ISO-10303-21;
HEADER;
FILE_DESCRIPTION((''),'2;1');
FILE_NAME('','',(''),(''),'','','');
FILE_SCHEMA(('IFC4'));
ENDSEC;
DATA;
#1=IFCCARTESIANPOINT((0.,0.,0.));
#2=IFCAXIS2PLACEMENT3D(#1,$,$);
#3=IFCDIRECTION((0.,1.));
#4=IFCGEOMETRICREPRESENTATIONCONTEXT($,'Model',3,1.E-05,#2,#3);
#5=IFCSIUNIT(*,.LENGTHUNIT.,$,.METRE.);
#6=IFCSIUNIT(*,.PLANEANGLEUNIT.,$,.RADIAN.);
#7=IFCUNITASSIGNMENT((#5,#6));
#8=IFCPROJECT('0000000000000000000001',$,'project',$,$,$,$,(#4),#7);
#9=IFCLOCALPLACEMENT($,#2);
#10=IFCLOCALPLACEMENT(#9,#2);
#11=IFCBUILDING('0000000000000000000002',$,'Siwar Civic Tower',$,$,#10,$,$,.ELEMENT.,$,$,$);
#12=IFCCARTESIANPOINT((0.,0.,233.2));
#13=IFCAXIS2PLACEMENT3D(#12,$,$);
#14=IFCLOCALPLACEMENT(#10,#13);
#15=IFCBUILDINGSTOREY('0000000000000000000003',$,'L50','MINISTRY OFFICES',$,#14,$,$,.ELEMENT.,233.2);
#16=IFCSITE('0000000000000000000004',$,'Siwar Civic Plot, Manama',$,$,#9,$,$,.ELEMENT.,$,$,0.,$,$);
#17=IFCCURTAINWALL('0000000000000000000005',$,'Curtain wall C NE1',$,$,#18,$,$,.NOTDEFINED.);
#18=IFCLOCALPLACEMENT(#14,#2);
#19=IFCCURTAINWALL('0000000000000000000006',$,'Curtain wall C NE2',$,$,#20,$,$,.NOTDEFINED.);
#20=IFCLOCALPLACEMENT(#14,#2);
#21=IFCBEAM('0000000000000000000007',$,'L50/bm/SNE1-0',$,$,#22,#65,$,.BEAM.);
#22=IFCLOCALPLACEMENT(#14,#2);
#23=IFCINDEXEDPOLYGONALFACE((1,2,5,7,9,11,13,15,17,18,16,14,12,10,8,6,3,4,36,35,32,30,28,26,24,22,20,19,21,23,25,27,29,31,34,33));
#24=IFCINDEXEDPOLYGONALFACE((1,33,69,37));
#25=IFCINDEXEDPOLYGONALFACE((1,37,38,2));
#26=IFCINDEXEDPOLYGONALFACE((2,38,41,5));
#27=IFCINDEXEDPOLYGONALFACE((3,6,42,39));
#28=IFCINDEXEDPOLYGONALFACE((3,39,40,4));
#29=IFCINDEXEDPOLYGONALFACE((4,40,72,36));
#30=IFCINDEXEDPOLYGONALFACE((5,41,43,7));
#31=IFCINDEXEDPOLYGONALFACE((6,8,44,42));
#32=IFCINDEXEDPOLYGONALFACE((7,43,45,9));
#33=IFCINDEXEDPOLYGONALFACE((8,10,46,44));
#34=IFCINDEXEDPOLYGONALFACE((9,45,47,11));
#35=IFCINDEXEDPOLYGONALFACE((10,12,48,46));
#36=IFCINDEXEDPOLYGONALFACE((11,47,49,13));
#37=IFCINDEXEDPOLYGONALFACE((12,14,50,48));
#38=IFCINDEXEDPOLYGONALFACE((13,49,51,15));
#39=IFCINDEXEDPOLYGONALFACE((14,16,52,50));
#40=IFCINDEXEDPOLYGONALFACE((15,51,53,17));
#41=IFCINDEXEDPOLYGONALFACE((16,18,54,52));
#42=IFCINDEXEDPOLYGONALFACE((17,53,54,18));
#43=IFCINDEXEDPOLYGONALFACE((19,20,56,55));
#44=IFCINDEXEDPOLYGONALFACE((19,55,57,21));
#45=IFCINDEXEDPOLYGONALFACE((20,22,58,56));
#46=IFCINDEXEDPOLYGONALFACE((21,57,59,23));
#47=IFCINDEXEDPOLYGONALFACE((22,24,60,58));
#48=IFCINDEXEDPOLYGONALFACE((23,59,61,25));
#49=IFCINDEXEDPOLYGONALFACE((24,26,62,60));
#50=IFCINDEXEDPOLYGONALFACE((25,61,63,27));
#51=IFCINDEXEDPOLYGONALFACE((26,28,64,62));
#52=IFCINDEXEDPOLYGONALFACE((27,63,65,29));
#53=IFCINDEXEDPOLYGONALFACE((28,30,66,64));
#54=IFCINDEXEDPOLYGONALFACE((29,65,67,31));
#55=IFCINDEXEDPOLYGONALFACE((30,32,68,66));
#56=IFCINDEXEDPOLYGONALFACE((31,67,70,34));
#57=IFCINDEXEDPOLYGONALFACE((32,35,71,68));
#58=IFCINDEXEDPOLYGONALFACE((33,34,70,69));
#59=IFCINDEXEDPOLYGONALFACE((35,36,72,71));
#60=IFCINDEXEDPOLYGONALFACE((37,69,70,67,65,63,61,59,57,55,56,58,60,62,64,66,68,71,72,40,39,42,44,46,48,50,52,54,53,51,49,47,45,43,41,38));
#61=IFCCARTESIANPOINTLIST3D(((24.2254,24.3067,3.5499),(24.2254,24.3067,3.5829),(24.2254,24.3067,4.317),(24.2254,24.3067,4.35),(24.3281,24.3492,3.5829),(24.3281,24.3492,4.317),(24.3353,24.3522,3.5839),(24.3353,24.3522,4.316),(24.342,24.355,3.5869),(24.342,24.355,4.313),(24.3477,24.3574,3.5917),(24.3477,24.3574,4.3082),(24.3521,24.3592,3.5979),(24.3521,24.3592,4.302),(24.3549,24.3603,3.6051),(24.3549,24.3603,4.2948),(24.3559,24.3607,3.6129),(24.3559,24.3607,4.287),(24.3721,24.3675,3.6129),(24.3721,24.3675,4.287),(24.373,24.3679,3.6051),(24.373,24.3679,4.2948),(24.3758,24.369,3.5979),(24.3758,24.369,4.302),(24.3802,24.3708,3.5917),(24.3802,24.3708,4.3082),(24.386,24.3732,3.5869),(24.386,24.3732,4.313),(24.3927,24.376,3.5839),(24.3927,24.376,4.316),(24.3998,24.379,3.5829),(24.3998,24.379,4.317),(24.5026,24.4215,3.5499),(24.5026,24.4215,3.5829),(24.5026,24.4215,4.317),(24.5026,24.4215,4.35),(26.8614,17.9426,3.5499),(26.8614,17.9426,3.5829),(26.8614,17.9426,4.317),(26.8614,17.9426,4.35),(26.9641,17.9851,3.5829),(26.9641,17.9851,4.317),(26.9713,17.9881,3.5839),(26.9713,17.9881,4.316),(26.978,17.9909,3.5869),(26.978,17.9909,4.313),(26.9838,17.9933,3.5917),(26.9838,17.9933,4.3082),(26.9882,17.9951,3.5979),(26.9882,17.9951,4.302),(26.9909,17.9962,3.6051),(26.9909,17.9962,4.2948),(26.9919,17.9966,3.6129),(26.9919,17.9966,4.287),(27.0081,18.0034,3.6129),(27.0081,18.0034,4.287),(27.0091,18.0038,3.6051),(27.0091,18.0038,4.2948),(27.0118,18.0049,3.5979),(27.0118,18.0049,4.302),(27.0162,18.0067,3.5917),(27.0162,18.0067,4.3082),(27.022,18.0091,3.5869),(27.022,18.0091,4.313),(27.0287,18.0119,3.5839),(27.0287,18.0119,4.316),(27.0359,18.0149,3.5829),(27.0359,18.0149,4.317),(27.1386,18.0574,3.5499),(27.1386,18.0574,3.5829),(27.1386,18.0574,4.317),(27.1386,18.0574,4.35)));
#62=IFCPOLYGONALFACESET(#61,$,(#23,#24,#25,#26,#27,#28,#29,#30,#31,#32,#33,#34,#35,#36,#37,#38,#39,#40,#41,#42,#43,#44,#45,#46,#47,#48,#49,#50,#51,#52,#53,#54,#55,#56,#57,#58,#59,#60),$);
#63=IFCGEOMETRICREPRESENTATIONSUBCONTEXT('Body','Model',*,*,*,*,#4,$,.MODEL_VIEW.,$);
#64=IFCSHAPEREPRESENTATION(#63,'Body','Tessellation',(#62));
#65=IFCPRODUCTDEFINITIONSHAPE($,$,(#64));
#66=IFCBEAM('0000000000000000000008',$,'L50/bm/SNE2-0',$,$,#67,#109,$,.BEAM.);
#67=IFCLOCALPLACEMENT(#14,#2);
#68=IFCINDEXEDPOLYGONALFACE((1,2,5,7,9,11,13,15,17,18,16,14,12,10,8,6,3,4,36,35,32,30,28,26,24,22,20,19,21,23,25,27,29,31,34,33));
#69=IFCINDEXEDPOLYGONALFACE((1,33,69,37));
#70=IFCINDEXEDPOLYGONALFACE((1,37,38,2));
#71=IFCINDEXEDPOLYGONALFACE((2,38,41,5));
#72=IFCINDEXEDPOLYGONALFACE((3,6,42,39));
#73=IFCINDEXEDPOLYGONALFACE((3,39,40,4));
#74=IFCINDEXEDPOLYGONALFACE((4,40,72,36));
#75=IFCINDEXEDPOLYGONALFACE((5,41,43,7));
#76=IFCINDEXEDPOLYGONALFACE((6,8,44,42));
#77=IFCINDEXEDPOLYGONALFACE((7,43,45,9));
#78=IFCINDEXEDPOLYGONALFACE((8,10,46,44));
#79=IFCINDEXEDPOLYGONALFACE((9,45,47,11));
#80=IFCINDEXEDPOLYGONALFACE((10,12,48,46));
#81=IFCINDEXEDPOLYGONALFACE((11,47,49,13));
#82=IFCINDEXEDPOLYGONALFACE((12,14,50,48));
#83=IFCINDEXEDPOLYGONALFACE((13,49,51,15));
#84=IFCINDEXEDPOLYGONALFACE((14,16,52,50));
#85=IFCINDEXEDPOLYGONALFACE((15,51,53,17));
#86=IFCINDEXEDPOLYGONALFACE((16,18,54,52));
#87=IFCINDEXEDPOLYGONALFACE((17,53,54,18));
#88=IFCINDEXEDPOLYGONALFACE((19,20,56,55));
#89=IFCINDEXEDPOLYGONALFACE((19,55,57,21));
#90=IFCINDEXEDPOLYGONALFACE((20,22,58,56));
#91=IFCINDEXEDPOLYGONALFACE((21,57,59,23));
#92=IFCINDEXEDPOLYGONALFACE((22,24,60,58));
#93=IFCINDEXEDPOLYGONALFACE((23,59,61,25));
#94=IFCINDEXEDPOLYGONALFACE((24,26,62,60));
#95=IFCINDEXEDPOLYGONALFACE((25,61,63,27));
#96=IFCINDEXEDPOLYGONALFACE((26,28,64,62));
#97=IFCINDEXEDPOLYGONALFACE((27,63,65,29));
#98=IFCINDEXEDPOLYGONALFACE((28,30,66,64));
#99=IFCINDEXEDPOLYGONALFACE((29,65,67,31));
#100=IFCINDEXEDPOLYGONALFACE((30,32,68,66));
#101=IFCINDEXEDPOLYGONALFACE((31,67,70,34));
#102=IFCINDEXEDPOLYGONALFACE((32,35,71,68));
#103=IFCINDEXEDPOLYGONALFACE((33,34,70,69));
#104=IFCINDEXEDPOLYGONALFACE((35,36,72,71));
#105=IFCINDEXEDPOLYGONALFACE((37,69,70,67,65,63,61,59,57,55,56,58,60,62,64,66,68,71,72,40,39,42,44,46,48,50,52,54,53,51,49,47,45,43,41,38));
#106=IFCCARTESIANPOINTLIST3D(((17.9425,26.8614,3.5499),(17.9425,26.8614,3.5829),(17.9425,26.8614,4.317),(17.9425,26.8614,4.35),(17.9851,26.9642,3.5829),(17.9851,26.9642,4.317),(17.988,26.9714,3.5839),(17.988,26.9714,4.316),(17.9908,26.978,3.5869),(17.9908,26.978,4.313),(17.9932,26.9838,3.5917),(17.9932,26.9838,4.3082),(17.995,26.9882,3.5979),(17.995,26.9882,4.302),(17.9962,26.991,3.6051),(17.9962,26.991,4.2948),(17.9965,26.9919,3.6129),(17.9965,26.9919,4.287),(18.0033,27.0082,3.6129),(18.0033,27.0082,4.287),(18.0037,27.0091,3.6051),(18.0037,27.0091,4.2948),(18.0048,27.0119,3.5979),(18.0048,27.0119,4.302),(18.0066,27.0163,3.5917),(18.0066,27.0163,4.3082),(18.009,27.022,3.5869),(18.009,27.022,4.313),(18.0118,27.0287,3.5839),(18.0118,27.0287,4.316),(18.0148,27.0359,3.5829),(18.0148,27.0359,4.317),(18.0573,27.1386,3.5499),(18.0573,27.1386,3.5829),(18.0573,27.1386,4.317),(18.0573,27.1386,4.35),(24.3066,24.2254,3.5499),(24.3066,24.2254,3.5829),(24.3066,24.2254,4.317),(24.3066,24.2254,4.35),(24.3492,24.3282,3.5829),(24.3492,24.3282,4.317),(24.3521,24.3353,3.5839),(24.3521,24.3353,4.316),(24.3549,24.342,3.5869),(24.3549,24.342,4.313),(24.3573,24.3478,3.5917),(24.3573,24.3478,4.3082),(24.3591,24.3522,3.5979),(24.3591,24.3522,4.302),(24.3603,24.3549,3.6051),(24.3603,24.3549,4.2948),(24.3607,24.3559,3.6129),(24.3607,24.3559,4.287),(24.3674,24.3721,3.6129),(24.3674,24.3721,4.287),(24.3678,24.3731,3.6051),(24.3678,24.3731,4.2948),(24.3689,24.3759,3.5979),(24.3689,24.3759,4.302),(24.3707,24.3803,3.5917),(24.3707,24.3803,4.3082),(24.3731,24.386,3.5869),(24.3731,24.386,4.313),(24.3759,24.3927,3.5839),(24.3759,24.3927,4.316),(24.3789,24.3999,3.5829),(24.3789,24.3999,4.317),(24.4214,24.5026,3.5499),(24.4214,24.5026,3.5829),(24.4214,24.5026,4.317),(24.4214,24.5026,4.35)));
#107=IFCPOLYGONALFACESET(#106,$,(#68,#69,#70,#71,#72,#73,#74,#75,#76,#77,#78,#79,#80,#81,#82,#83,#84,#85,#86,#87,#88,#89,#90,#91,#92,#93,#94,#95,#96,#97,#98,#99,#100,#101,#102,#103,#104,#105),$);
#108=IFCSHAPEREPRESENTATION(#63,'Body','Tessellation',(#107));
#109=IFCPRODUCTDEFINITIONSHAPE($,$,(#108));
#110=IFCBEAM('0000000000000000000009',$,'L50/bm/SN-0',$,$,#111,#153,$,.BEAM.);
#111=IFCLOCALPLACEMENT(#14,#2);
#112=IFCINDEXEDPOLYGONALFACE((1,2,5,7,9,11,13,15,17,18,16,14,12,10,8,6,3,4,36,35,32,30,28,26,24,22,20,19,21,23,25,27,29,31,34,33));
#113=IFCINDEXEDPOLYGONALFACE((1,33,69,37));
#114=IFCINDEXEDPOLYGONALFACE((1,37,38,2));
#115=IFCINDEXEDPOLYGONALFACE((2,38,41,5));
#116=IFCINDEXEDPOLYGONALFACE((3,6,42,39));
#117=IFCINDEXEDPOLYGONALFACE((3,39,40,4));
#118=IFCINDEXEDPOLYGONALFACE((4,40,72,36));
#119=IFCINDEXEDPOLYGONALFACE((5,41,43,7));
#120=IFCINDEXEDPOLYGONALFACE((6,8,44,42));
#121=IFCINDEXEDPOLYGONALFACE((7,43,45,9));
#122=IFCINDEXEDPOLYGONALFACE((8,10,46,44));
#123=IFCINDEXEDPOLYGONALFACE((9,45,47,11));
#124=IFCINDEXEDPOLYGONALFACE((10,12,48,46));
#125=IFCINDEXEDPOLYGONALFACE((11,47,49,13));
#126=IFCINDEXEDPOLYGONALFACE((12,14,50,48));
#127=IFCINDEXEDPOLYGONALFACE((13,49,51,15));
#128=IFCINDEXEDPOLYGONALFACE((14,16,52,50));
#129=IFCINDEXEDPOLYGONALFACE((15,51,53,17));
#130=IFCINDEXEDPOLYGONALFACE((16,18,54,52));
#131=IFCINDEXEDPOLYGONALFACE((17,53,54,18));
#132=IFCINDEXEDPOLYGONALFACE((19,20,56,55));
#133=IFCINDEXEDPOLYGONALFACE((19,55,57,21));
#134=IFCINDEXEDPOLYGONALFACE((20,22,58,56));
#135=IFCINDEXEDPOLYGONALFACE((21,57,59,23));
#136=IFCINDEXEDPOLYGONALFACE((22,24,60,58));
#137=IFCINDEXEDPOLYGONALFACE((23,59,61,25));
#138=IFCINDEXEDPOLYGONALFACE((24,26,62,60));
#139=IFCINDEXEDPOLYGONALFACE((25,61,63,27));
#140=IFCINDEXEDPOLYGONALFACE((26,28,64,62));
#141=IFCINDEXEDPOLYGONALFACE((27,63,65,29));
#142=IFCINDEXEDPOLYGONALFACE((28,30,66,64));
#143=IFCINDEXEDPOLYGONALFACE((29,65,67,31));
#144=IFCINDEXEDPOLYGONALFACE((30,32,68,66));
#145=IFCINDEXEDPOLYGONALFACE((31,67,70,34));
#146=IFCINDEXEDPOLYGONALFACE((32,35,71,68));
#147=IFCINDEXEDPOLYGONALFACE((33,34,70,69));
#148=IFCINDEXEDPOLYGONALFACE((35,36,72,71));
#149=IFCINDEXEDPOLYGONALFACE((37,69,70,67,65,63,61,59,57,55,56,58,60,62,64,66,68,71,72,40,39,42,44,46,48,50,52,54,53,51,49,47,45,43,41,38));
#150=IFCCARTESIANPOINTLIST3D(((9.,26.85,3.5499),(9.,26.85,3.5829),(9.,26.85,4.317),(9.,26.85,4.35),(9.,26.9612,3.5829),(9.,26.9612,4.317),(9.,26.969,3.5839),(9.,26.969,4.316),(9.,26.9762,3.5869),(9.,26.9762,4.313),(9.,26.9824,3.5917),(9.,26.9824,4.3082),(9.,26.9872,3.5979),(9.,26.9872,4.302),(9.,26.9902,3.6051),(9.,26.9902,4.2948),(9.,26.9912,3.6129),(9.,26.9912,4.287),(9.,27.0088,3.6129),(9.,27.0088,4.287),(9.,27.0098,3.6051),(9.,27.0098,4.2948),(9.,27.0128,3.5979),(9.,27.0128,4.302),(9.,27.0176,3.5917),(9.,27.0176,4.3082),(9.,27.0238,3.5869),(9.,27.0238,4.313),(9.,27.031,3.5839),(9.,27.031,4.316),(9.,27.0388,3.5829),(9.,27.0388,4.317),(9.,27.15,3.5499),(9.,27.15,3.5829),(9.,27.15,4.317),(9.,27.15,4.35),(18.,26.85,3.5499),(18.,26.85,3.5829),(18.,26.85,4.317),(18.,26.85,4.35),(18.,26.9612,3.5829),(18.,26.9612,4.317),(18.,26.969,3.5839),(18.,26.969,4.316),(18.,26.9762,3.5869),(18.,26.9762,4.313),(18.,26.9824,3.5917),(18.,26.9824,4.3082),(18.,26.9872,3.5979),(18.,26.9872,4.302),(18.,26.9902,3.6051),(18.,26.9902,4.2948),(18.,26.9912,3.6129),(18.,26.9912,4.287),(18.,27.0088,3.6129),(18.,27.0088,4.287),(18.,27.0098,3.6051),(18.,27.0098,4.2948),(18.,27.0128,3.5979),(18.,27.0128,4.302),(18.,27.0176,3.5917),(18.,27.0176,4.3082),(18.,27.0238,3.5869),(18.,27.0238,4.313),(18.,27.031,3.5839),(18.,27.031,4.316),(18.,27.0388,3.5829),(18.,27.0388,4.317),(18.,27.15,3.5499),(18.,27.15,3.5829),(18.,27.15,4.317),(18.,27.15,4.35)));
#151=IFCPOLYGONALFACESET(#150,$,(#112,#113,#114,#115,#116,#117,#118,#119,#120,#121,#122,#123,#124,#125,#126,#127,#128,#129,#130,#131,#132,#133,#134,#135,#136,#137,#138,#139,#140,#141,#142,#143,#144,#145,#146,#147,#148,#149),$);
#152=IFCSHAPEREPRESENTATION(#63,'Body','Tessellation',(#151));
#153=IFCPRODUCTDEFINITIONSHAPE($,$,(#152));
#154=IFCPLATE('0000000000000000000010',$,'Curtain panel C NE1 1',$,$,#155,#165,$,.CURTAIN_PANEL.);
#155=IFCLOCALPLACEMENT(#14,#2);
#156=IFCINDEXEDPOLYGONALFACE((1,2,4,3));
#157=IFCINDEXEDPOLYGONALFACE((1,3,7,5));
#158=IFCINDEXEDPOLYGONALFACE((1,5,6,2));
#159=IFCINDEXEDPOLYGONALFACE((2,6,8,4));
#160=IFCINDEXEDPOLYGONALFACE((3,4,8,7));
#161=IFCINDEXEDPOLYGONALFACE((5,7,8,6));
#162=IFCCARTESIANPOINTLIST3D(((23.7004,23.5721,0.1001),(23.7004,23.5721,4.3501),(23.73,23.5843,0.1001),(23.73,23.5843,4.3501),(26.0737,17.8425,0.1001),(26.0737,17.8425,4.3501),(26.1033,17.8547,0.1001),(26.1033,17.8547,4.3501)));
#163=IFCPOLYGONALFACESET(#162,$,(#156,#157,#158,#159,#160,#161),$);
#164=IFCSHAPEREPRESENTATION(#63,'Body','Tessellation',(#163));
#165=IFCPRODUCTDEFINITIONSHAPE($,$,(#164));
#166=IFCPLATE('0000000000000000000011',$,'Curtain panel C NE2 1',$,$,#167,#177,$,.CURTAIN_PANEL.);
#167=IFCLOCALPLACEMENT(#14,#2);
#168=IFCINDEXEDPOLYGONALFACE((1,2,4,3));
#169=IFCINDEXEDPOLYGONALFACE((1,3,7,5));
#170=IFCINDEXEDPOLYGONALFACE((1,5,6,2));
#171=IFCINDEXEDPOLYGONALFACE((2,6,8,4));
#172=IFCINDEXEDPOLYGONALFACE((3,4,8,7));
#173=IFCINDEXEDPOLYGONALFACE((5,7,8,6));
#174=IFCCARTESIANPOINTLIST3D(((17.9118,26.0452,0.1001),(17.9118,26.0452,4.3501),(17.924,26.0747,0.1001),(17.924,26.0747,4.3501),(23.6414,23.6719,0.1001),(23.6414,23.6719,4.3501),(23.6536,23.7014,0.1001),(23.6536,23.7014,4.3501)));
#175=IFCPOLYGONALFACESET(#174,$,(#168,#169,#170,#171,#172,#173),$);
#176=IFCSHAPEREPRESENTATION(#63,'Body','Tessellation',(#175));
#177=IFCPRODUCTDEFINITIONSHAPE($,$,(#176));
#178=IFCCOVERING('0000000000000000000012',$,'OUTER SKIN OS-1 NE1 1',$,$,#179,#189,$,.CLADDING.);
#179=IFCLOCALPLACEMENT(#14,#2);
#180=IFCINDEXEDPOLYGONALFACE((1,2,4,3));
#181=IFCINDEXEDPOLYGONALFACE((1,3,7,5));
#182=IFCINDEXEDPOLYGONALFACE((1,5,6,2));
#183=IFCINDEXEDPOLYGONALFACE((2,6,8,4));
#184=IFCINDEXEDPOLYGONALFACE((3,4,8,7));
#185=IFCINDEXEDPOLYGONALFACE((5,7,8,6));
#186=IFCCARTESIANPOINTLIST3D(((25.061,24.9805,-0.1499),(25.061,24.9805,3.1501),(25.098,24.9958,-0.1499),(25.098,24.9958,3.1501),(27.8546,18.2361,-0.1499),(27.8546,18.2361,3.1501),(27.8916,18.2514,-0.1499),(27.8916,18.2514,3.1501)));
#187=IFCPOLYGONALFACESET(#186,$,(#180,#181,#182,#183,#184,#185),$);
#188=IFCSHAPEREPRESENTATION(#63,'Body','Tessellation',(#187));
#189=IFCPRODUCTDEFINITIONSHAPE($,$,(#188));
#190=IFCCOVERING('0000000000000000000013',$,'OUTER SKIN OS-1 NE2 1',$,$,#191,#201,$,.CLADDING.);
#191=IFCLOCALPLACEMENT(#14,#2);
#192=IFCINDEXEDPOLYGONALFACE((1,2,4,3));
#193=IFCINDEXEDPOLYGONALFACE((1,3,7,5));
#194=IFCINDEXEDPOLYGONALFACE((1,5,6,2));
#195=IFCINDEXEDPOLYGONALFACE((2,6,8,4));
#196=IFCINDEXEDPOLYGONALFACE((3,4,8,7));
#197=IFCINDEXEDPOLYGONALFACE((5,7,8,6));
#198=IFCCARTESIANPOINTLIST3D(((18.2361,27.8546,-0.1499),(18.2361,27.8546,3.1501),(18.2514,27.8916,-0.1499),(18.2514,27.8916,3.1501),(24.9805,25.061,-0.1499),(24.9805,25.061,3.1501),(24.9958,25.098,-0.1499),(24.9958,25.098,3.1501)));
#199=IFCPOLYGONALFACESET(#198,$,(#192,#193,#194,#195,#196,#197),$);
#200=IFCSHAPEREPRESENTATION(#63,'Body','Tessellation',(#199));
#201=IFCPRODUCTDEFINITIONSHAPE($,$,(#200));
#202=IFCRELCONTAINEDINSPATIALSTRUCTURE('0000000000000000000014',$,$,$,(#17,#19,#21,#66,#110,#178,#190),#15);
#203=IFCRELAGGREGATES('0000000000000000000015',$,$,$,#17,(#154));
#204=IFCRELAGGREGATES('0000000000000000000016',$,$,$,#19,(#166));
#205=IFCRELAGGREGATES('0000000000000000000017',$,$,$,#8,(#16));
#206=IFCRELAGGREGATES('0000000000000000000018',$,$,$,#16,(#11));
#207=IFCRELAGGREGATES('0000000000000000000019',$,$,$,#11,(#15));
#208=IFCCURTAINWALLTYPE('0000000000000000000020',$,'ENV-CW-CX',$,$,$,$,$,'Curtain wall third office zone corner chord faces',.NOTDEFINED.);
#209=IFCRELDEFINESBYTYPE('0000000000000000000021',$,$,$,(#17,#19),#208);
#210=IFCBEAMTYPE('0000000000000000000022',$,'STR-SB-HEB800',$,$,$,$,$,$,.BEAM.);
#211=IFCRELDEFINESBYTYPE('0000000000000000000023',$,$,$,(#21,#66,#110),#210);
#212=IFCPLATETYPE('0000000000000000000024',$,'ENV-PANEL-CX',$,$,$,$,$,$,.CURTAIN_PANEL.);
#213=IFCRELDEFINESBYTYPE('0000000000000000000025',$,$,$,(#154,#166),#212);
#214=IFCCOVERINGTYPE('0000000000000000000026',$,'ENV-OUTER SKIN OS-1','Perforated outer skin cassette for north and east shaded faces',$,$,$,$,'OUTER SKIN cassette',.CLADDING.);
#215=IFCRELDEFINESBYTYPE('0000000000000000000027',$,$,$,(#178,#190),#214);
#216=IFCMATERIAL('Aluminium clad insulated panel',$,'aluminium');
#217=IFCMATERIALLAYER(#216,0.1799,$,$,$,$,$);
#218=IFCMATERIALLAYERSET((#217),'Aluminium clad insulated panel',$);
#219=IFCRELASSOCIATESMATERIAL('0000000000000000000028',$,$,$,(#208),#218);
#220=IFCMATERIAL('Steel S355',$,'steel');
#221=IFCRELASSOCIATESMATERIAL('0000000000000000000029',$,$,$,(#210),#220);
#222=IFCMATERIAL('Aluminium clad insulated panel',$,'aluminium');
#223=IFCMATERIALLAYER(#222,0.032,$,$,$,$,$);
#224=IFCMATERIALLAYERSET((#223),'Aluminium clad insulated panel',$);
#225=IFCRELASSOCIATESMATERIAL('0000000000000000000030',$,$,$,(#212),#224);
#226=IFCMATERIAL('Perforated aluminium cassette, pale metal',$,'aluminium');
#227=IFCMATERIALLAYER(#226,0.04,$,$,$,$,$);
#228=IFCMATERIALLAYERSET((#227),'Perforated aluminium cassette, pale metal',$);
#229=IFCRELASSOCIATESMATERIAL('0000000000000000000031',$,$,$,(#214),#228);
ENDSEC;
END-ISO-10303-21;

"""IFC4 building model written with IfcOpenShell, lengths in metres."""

from ifc_helpers import new_model, si_unit, direction, frame, origin, origin_2d, place, context, subcontext, project, spatial, rectangle, i_section, extrude, material, layer, layer_set, material_profile, profile_set, type_object, element, aggregate, save


model = new_model("IFC4")

# Units and contexts
model_context = context("Model", 3, precision=1e-05, world=origin(), true_north=direction((0.0, 1.0)))
body_context = subcontext(model_context, "Body", "Model", "MODEL_VIEW")
ifc_project = project(units=[si_unit("LENGTHUNIT", "METRE"), si_unit("PLANEANGLEUNIT", "RADIAN")], contexts=[model_context])

# Site, building, storey
site_placement = place(None, origin())
site = spatial("IfcSite", under=ifc_project, at=site_placement, Name="Siwar Civic Plot, Manama", CompositionType="ELEMENT", RefElevation=0.0)
building_placement = place(site_placement, origin())
building = spatial("IfcBuilding", under=site, at=building_placement, Name="Siwar Civic Tower", CompositionType="ELEMENT")
storey_placement = place(building_placement, frame((0.0, 0.0, 233.2)))
storey = spatial("IfcBuildingStorey", under=building, at=storey_placement, Name="L50", Description="MINISTRY OFFICES", CompositionType="ELEMENT", Elevation=233.2)

# Curtain walls
ifc_material_1 = material(Name="Aluminium clad insulated panel", Category="aluminium")
ifc_layer_1 = layer(ifc_material_1, 0.1799)
ifc_layer_set_1 = layer_set([ifc_layer_1], Name="Aluminium clad insulated panel")
curtain_wall_type_1 = type_object("IfcCurtainWallType", Name="ENV-CW-CX", ElementType="Curtain wall third office zone corner chord faces", PredefinedType="NOTDEFINED", material=ifc_layer_set_1)
curtain_wall_1_placement = place(storey_placement, origin())
curtain_wall_1 = element("IfcCurtainWall", 1, at=curtain_wall_1_placement, inside=storey, type_object=curtain_wall_type_1, Name="Curtain wall C NE1", PredefinedType="NOTDEFINED")
curtain_wall_2_placement = place(storey_placement, origin())
curtain_wall_2 = element("IfcCurtainWall", 2, at=curtain_wall_2_placement, inside=storey, type_object=curtain_wall_type_1, Name="Curtain wall C NE2", PredefinedType="NOTDEFINED")

# Beams
ifc_material_2 = material(Name="Steel S355", Category="steel")
ifc_material_profile_1 = material_profile(ifc_material_2, i_section(OverallWidth=0.3, OverallDepth=0.8, WebThickness=0.0176, FlangeThickness=0.033, FilletRadius=0.03, at=origin_2d()), Name="HEB800")
ifc_profile_set_1 = profile_set([ifc_material_profile_1], Name="Steel S355")
beam_type_1 = type_object("IfcBeamType", Name="STR-SB-HEB800", PredefinedType="BEAM", material=ifc_profile_set_1)
for number, where, z_axis, x_axis, name in (
    (3, (27.0, 18.0, 3.95), (-0.382674, 0.923883, 0.0), (-0.923883, -0.382674, 0.0), "L50/bm/SNE1-0"),
    (4, (24.364, 24.364, 3.95), (-0.923883, 0.382674, 0.0), (-0.382674, -0.923883, 0.0), "L50/bm/SNE2-0"),
):
    element("IfcBeam", number, at=place(storey_placement, frame(where, z_axis=z_axis, x_axis=x_axis)), inside=storey, type_object=beam_type_1, Name=name, PredefinedType="BEAM", context=body_context, shape_type="SweptSolid", body=[
        extrude(i_section(OverallWidth=0.3, OverallDepth=0.8, WebThickness=0.0176, FlangeThickness=0.033, FilletRadius=0.03, at=origin_2d()), origin(), (0.0, 0.0, 1.0), 6.8884),
    ])
beam_1_placement = place(storey_placement, frame((18.0, 27.0, 3.95), z_axis=(-1.0, 0.0, 0.0), x_axis=(0.0, -1.0, 0.0)))
element("IfcBeam", 5, at=beam_1_placement, inside=storey, type_object=beam_type_1, Name="L50/bm/SN-0", PredefinedType="BEAM", context=body_context, shape_type="SweptSolid", body=[
    extrude(i_section(OverallWidth=0.3, OverallDepth=0.8, WebThickness=0.0176, FlangeThickness=0.033, FilletRadius=0.03, at=origin_2d()), origin(), (0.0, 0.0, 1.0), 9.0),
])

# Plates
ifc_material_3 = material(Name="Aluminium clad insulated panel", Category="aluminium")
ifc_layer_2 = layer(ifc_material_3, 0.032)
ifc_layer_set_2 = layer_set([ifc_layer_2], Name="Aluminium clad insulated panel")
plate_type = type_object("IfcPlateType", Name="ENV-PANEL-CX", PredefinedType="CURTAIN_PANEL", material=ifc_layer_set_2)
plate_1_placement = place(storey_placement, frame((24.9019, 20.7134, 0.1001), z_axis=(0.0, 0.0, 1.0), x_axis=(-0.382683, 0.92388, 0.0)))
plate_1 = element("IfcPlate", 6, at=plate_1_placement, type_object=plate_type, Name="Curtain panel C NE1 1", PredefinedType="CURTAIN_PANEL", context=body_context, shape_type="SweptSolid", body=[
    extrude(rectangle(XDim=6.2017, YDim=0.032, at=origin_2d()), origin(), (0.0, 0.0, 1.0), 4.25),
])
aggregate(curtain_wall_1, [plate_1])
plate_2_placement = place(storey_placement, frame((20.7827, 24.8733, 0.1001), z_axis=(0.0, 0.0, 1.0), x_axis=(-0.92388, 0.382683, 0.0)))
plate_2 = element("IfcPlate", 7, at=plate_2_placement, type_object=plate_type, Name="Curtain panel C NE2 1", PredefinedType="CURTAIN_PANEL", context=body_context, shape_type="SweptSolid", body=[
    extrude(rectangle(XDim=6.2017, YDim=0.032, at=origin_2d()), origin(), (0.0, 0.0, 1.0), 4.25),
])
aggregate(curtain_wall_2, [plate_2])

# Coverings
ifc_material_4 = material(Name="Perforated aluminium cassette, pale metal", Category="aluminium")
ifc_layer_3 = layer(ifc_material_4, 0.04)
ifc_layer_set_3 = layer_set([ifc_layer_3], Name="Perforated aluminium cassette, pale metal")
covering_type = type_object("IfcCoveringType", Name="ENV-OUTER SKIN OS-1", Description="Perforated outer skin cassette for north and east shaded faces", ElementType="OUTER SKIN cassette", PredefinedType="CLADDING", material=ifc_layer_set_3)
for number, where, z_axis, x_axis, name in (
    (8, (26.4763, 21.616, -0.1499), (0.0, 0.0, 1.0), (-0.382683, 0.92388, 0.0), "OUTER SKIN OS-1 NE1 1"),
    (9, (21.616, 26.4763, -0.1499), (0.0, 0.0, 1.0), (-0.92388, 0.382683, 0.0), "OUTER SKIN OS-1 NE2 1"),
):
    element("IfcCovering", number, at=place(storey_placement, frame(where, z_axis=z_axis, x_axis=x_axis)), inside=storey, type_object=covering_type, Name=name, PredefinedType="CLADDING", context=body_context, shape_type="SweptSolid", body=[
        extrude(rectangle(XDim=7.3, YDim=0.04, at=origin_2d()), origin(), (0.0, 0.0, 1.0), 3.3),
    ])

save(model, "model.ifc")
